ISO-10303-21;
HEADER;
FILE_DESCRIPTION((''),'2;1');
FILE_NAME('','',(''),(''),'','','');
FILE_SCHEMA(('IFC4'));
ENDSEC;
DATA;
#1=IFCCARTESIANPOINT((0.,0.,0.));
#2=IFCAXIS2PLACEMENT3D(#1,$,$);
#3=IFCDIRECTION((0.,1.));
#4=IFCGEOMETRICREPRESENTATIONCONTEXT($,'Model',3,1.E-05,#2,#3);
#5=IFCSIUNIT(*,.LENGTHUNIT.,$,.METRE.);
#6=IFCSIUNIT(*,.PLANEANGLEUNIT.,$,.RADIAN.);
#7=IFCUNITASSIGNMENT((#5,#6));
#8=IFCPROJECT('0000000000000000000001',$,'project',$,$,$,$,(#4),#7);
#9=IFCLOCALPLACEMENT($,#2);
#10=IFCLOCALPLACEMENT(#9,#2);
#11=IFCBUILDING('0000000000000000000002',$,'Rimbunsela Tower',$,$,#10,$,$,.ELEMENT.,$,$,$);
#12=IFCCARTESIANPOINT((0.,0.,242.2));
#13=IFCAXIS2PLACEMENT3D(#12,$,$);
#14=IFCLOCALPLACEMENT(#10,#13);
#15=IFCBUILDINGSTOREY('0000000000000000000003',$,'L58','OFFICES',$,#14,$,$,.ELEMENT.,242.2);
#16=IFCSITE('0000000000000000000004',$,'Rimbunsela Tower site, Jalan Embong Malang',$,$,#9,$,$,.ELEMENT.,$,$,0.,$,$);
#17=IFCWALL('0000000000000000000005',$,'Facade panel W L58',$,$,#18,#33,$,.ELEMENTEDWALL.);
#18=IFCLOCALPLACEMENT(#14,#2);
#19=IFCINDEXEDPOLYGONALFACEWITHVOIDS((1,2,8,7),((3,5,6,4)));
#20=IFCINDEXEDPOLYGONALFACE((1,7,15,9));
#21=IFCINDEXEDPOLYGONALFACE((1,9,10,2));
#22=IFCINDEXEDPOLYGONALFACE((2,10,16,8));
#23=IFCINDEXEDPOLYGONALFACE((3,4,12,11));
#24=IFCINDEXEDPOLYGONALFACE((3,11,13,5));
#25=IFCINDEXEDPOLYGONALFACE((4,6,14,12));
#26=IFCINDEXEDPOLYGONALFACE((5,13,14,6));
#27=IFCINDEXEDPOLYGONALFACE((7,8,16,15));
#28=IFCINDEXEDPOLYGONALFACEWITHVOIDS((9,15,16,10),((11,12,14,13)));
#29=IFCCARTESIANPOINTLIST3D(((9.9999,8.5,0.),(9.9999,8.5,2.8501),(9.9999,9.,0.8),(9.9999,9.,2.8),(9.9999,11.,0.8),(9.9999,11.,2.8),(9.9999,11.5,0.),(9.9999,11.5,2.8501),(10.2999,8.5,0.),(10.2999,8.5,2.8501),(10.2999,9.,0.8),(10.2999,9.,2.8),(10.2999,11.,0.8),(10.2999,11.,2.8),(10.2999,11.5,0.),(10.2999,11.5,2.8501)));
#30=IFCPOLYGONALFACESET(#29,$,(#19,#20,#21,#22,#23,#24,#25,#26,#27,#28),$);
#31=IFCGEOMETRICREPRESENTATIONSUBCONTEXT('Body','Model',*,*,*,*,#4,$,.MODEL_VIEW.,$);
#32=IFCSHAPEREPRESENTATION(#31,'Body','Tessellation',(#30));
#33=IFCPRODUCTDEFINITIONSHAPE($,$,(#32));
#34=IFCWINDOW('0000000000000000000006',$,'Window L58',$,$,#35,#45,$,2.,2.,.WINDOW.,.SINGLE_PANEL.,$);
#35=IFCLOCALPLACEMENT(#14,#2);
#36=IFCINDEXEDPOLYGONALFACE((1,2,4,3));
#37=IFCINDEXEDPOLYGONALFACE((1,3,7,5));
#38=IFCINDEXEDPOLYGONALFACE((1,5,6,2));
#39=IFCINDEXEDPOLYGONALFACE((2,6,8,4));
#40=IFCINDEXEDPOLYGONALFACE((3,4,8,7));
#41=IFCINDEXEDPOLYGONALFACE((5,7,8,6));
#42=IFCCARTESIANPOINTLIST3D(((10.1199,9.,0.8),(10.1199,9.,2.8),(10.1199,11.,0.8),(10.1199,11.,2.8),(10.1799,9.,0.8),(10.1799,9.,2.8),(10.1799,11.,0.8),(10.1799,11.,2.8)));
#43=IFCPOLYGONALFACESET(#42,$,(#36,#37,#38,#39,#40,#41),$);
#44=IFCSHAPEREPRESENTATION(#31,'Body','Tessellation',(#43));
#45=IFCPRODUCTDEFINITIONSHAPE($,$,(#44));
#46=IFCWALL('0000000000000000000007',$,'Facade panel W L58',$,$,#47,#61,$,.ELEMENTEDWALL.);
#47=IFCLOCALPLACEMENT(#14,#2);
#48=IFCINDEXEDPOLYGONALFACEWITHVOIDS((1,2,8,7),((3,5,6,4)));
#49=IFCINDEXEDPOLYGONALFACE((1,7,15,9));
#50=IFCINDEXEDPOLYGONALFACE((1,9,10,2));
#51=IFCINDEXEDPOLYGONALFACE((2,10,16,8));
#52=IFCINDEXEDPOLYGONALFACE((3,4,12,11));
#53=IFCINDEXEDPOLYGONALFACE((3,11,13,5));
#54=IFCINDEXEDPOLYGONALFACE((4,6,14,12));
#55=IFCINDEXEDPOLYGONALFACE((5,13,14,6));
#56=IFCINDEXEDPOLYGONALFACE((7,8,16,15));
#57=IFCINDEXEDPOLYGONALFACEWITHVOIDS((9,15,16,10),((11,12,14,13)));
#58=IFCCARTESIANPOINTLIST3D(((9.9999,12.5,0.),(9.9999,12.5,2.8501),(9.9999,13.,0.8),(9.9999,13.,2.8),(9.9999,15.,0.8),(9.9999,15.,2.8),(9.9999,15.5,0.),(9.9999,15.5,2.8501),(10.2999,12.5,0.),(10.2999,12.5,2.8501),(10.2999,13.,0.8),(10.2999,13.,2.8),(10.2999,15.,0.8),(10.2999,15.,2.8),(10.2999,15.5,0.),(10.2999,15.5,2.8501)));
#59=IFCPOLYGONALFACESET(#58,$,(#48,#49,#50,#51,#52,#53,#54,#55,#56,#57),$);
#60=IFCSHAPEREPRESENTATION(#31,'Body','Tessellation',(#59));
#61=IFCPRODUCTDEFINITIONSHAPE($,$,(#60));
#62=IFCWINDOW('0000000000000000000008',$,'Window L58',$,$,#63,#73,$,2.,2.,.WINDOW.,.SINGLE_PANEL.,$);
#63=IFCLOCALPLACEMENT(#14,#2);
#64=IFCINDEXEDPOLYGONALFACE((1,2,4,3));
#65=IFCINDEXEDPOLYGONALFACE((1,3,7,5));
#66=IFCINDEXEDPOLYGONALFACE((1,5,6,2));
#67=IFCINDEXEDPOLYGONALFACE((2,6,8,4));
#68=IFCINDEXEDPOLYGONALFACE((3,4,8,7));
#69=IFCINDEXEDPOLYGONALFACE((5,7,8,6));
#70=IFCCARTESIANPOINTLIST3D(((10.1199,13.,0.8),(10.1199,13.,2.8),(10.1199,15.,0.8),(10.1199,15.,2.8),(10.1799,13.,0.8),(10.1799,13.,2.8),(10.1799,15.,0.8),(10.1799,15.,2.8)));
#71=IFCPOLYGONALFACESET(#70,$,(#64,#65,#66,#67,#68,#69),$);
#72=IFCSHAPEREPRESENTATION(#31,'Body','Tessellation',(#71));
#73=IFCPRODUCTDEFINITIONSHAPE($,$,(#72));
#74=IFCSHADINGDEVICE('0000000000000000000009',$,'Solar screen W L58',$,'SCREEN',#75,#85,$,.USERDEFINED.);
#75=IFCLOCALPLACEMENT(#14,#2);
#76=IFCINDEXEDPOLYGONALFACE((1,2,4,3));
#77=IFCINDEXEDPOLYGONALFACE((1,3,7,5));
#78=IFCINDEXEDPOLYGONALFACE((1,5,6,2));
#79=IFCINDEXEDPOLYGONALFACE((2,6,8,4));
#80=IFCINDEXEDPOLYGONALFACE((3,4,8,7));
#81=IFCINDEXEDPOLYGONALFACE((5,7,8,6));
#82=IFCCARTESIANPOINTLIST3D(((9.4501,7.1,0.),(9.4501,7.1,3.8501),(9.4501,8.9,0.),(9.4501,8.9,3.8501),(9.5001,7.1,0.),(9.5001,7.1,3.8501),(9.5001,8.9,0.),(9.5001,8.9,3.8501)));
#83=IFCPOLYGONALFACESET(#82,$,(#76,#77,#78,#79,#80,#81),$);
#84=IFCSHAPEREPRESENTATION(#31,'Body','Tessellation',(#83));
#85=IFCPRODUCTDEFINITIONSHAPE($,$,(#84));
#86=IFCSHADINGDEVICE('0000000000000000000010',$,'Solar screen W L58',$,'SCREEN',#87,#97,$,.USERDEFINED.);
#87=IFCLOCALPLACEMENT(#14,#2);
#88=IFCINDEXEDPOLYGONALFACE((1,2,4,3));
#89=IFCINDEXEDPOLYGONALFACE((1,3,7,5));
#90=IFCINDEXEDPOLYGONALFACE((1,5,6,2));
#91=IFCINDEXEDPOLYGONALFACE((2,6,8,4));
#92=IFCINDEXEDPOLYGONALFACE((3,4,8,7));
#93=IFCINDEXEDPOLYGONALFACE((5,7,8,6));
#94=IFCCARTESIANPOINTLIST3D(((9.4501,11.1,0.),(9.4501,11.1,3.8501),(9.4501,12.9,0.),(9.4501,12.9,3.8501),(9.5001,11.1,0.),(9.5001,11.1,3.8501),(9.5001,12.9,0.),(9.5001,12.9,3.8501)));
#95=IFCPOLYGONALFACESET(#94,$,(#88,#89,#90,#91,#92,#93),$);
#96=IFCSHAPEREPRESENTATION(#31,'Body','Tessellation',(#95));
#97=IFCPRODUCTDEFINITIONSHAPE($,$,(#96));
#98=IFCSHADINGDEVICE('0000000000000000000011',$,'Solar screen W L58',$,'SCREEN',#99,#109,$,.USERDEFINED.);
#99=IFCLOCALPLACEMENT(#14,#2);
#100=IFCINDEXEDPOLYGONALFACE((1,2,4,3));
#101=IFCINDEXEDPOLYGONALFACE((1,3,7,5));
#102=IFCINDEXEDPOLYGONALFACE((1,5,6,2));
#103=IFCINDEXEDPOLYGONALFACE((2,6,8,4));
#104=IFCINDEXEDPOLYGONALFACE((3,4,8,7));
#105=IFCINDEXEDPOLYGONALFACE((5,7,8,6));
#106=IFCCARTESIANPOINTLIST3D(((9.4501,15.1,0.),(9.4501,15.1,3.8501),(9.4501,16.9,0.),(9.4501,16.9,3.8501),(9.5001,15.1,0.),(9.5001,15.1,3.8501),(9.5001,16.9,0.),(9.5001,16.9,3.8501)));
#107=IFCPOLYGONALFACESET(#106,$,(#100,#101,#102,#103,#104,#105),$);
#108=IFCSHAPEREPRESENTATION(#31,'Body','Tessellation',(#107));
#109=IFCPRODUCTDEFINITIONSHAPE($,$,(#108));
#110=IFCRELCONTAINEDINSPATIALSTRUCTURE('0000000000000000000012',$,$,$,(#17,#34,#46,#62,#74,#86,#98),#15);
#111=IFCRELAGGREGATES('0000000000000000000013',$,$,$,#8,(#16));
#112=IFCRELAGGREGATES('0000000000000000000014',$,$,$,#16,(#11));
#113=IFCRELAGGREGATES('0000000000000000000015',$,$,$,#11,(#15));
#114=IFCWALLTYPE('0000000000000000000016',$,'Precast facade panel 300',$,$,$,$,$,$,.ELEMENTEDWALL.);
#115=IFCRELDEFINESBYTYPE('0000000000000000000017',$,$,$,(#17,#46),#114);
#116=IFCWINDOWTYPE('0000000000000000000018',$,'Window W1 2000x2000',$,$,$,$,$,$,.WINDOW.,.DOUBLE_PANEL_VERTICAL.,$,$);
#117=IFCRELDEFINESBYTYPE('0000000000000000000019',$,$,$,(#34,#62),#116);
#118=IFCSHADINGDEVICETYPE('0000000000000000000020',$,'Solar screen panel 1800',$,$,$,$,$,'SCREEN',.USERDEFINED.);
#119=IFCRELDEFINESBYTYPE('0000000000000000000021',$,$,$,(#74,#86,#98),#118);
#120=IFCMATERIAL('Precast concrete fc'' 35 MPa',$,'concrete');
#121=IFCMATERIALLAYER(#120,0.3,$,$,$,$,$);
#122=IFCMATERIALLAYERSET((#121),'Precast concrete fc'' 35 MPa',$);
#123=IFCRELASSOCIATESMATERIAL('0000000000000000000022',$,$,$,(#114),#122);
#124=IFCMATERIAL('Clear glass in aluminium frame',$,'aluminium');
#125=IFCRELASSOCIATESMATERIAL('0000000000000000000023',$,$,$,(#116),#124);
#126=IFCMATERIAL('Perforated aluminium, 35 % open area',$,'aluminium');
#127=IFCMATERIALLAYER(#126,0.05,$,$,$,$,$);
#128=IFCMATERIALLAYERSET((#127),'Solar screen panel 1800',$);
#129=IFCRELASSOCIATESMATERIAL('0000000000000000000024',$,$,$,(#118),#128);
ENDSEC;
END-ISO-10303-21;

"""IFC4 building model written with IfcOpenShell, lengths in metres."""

from ifc_helpers import new_model, si_unit, direction, frame, frame_2d, origin, origin_2d, place, context, subcontext, project, spatial, rectangle, extrude, material, layer, layer_set, type_object, element, fill, save


model = new_model("IFC4")

# Units and contexts
model_context = context("Model", 3, precision=1e-05, world=origin(), true_north=direction((0.0, 1.0)))
body_context = subcontext(model_context, "Body", "Model", "MODEL_VIEW")
ifc_project = project(units=[si_unit("LENGTHUNIT", "METRE"), si_unit("PLANEANGLEUNIT", "RADIAN")], contexts=[model_context])

# Site, building, storey
site_placement = place(None, origin())
site = spatial("IfcSite", under=ifc_project, at=site_placement, Name="Rimbunsela Tower site, Jalan Embong Malang", CompositionType="ELEMENT", RefElevation=0.0)
building_placement = place(site_placement, origin())
building = spatial("IfcBuilding", under=site, at=building_placement, Name="Rimbunsela Tower", CompositionType="ELEMENT")
storey_placement = place(building_placement, frame((0.0, 0.0, 242.2)))
storey = spatial("IfcBuildingStorey", under=building, at=storey_placement, Name="L58", Description="OFFICES", CompositionType="ELEMENT", Elevation=242.2)

# Shared definitions
ifc_material_1 = material(Name="Precast concrete fc' 35 MPa", Category="concrete")
ifc_layer_1 = layer(ifc_material_1, 0.3)
ifc_layer_set_1 = layer_set([ifc_layer_1], Name="Precast concrete fc' 35 MPa")
wall_type = type_object("IfcWallType", Name="Precast facade panel 300", PredefinedType="ELEMENTEDWALL", material=ifc_layer_set_1)

# Walls, openings, windows
wall_1_placement = place(storey_placement, frame((10.1499, 11.5, 0.0), z_axis=(0.0, 0.0, 1.0), x_axis=(0.0, -1.0, 0.0)))
wall_1 = element("IfcWall", 1, at=wall_1_placement, inside=storey, type_object=wall_type, Name="Facade panel W L58", PredefinedType="ELEMENTEDWALL", context=body_context, shape_type="SweptSolid", body=[
    extrude(rectangle(XDim=3.0, YDim=0.3, at=frame_2d((1.5, 0.0))), origin(), (0.0, 0.0, 1.0), 2.8501),
])
opening_1_placement = place(wall_1_placement, frame((0.5, 0.0, 0.8)))
opening_1 = element("IfcOpeningElement", 2, at=opening_1_placement, cuts=wall_1, PredefinedType="OPENING", context=body_context, shape_type="SweptSolid", body=[
    extrude(rectangle(XDim=2.0, YDim=2.0, at=frame_2d((1.0, 1.0))), frame((0.0, 0.1599, 0.0), z_axis=(0.0, -1.0, 0.0), x_axis=(1.0, 0.0, 0.0)), (0.0, 0.0, 1.0), 0.3201),
])
ifc_material_2 = material(Name="Clear glass in aluminium frame", Category="aluminium")
window_type = type_object("IfcWindowType", Name="Window W1 2000x2000", PartitioningType="DOUBLE_PANEL_VERTICAL", PredefinedType="WINDOW", material=ifc_material_2)
window_1_placement = place(opening_1_placement, origin())
window_1 = element("IfcWindow", 3, at=window_1_placement, inside=storey, type_object=window_type, Name="Window L58", OverallHeight=2.0, OverallWidth=2.0, PartitioningType="SINGLE_PANEL", PredefinedType="WINDOW", context=body_context, shape_type="SweptSolid", body=[
    extrude(rectangle(XDim=2.0, YDim=2.0, at=frame_2d((1.0, 1.0))), frame((0.0, 0.03, 0.0), z_axis=(0.0, -1.0, 0.0), x_axis=(1.0, 0.0, 0.0)), (0.0, 0.0, 1.0), 0.0601),
])
fill(opening_1, window_1)
wall_2_placement = place(storey_placement, frame((10.1499, 15.5, 0.0), z_axis=(0.0, 0.0, 1.0), x_axis=(0.0, -1.0, 0.0)))
wall_2 = element("IfcWall", 4, at=wall_2_placement, inside=storey, type_object=wall_type, Name="Facade panel W L58", PredefinedType="ELEMENTEDWALL", context=body_context, shape_type="SweptSolid", body=[
    extrude(rectangle(XDim=3.0, YDim=0.3, at=frame_2d((1.5, 0.0))), origin(), (0.0, 0.0, 1.0), 2.8501),
])
opening_2_placement = place(wall_2_placement, frame((0.5, 0.0, 0.8)))
opening_2 = element("IfcOpeningElement", 5, at=opening_2_placement, cuts=wall_2, PredefinedType="OPENING", context=body_context, shape_type="SweptSolid", body=[
    extrude(rectangle(XDim=2.0, YDim=2.0, at=frame_2d((1.0, 1.0))), frame((0.0, 0.1599, 0.0), z_axis=(0.0, -1.0, 0.0), x_axis=(1.0, 0.0, 0.0)), (0.0, 0.0, 1.0), 0.3201),
])
window_2_placement = place(opening_2_placement, origin())
window_2 = element("IfcWindow", 6, at=window_2_placement, inside=storey, type_object=window_type, Name="Window L58", OverallHeight=2.0, OverallWidth=2.0, PartitioningType="SINGLE_PANEL", PredefinedType="WINDOW", context=body_context, shape_type="SweptSolid", body=[
    extrude(rectangle(XDim=2.0, YDim=2.0, at=frame_2d((1.0, 1.0))), frame((0.0, 0.03, 0.0), z_axis=(0.0, -1.0, 0.0), x_axis=(1.0, 0.0, 0.0)), (0.0, 0.0, 1.0), 0.0601),
])
fill(opening_2, window_2)

# Shading devices
ifc_material_3 = material(Name="Perforated aluminium, 35 % open area", Category="aluminium")
ifc_layer_2 = layer(ifc_material_3, 0.05)
ifc_layer_set_2 = layer_set([ifc_layer_2], Name="Solar screen panel 1800")
shading_device_type = type_object("IfcShadingDeviceType", Name="Solar screen panel 1800", ElementType="SCREEN", PredefinedType="USERDEFINED", material=ifc_layer_set_2)
for number, where, z_axis, x_axis, name in (
    (7, (9.4751, 8.0, 0.0), (0.0, 0.0, 1.0), (0.0, 1.0, 0.0), "Solar screen W L58"),
    (8, (9.4751, 12.0, 0.0), (0.0, 0.0, 1.0), (0.0, 1.0, 0.0), "Solar screen W L58"),
    (9, (9.4751, 16.0, 0.0), (0.0, 0.0, 1.0), (0.0, 1.0, 0.0), "Solar screen W L58"),
):
    element("IfcShadingDevice", number, at=place(storey_placement, frame(where, z_axis=z_axis, x_axis=x_axis)), inside=storey, type_object=shading_device_type, Name=name, ObjectType="SCREEN", PredefinedType="USERDEFINED", context=body_context, shape_type="SweptSolid", body=[
        extrude(rectangle(XDim=1.8, YDim=0.05, at=origin_2d()), origin(), (0.0, 0.0, 1.0), 3.8501),
    ])

save(model, "model.ifc")
